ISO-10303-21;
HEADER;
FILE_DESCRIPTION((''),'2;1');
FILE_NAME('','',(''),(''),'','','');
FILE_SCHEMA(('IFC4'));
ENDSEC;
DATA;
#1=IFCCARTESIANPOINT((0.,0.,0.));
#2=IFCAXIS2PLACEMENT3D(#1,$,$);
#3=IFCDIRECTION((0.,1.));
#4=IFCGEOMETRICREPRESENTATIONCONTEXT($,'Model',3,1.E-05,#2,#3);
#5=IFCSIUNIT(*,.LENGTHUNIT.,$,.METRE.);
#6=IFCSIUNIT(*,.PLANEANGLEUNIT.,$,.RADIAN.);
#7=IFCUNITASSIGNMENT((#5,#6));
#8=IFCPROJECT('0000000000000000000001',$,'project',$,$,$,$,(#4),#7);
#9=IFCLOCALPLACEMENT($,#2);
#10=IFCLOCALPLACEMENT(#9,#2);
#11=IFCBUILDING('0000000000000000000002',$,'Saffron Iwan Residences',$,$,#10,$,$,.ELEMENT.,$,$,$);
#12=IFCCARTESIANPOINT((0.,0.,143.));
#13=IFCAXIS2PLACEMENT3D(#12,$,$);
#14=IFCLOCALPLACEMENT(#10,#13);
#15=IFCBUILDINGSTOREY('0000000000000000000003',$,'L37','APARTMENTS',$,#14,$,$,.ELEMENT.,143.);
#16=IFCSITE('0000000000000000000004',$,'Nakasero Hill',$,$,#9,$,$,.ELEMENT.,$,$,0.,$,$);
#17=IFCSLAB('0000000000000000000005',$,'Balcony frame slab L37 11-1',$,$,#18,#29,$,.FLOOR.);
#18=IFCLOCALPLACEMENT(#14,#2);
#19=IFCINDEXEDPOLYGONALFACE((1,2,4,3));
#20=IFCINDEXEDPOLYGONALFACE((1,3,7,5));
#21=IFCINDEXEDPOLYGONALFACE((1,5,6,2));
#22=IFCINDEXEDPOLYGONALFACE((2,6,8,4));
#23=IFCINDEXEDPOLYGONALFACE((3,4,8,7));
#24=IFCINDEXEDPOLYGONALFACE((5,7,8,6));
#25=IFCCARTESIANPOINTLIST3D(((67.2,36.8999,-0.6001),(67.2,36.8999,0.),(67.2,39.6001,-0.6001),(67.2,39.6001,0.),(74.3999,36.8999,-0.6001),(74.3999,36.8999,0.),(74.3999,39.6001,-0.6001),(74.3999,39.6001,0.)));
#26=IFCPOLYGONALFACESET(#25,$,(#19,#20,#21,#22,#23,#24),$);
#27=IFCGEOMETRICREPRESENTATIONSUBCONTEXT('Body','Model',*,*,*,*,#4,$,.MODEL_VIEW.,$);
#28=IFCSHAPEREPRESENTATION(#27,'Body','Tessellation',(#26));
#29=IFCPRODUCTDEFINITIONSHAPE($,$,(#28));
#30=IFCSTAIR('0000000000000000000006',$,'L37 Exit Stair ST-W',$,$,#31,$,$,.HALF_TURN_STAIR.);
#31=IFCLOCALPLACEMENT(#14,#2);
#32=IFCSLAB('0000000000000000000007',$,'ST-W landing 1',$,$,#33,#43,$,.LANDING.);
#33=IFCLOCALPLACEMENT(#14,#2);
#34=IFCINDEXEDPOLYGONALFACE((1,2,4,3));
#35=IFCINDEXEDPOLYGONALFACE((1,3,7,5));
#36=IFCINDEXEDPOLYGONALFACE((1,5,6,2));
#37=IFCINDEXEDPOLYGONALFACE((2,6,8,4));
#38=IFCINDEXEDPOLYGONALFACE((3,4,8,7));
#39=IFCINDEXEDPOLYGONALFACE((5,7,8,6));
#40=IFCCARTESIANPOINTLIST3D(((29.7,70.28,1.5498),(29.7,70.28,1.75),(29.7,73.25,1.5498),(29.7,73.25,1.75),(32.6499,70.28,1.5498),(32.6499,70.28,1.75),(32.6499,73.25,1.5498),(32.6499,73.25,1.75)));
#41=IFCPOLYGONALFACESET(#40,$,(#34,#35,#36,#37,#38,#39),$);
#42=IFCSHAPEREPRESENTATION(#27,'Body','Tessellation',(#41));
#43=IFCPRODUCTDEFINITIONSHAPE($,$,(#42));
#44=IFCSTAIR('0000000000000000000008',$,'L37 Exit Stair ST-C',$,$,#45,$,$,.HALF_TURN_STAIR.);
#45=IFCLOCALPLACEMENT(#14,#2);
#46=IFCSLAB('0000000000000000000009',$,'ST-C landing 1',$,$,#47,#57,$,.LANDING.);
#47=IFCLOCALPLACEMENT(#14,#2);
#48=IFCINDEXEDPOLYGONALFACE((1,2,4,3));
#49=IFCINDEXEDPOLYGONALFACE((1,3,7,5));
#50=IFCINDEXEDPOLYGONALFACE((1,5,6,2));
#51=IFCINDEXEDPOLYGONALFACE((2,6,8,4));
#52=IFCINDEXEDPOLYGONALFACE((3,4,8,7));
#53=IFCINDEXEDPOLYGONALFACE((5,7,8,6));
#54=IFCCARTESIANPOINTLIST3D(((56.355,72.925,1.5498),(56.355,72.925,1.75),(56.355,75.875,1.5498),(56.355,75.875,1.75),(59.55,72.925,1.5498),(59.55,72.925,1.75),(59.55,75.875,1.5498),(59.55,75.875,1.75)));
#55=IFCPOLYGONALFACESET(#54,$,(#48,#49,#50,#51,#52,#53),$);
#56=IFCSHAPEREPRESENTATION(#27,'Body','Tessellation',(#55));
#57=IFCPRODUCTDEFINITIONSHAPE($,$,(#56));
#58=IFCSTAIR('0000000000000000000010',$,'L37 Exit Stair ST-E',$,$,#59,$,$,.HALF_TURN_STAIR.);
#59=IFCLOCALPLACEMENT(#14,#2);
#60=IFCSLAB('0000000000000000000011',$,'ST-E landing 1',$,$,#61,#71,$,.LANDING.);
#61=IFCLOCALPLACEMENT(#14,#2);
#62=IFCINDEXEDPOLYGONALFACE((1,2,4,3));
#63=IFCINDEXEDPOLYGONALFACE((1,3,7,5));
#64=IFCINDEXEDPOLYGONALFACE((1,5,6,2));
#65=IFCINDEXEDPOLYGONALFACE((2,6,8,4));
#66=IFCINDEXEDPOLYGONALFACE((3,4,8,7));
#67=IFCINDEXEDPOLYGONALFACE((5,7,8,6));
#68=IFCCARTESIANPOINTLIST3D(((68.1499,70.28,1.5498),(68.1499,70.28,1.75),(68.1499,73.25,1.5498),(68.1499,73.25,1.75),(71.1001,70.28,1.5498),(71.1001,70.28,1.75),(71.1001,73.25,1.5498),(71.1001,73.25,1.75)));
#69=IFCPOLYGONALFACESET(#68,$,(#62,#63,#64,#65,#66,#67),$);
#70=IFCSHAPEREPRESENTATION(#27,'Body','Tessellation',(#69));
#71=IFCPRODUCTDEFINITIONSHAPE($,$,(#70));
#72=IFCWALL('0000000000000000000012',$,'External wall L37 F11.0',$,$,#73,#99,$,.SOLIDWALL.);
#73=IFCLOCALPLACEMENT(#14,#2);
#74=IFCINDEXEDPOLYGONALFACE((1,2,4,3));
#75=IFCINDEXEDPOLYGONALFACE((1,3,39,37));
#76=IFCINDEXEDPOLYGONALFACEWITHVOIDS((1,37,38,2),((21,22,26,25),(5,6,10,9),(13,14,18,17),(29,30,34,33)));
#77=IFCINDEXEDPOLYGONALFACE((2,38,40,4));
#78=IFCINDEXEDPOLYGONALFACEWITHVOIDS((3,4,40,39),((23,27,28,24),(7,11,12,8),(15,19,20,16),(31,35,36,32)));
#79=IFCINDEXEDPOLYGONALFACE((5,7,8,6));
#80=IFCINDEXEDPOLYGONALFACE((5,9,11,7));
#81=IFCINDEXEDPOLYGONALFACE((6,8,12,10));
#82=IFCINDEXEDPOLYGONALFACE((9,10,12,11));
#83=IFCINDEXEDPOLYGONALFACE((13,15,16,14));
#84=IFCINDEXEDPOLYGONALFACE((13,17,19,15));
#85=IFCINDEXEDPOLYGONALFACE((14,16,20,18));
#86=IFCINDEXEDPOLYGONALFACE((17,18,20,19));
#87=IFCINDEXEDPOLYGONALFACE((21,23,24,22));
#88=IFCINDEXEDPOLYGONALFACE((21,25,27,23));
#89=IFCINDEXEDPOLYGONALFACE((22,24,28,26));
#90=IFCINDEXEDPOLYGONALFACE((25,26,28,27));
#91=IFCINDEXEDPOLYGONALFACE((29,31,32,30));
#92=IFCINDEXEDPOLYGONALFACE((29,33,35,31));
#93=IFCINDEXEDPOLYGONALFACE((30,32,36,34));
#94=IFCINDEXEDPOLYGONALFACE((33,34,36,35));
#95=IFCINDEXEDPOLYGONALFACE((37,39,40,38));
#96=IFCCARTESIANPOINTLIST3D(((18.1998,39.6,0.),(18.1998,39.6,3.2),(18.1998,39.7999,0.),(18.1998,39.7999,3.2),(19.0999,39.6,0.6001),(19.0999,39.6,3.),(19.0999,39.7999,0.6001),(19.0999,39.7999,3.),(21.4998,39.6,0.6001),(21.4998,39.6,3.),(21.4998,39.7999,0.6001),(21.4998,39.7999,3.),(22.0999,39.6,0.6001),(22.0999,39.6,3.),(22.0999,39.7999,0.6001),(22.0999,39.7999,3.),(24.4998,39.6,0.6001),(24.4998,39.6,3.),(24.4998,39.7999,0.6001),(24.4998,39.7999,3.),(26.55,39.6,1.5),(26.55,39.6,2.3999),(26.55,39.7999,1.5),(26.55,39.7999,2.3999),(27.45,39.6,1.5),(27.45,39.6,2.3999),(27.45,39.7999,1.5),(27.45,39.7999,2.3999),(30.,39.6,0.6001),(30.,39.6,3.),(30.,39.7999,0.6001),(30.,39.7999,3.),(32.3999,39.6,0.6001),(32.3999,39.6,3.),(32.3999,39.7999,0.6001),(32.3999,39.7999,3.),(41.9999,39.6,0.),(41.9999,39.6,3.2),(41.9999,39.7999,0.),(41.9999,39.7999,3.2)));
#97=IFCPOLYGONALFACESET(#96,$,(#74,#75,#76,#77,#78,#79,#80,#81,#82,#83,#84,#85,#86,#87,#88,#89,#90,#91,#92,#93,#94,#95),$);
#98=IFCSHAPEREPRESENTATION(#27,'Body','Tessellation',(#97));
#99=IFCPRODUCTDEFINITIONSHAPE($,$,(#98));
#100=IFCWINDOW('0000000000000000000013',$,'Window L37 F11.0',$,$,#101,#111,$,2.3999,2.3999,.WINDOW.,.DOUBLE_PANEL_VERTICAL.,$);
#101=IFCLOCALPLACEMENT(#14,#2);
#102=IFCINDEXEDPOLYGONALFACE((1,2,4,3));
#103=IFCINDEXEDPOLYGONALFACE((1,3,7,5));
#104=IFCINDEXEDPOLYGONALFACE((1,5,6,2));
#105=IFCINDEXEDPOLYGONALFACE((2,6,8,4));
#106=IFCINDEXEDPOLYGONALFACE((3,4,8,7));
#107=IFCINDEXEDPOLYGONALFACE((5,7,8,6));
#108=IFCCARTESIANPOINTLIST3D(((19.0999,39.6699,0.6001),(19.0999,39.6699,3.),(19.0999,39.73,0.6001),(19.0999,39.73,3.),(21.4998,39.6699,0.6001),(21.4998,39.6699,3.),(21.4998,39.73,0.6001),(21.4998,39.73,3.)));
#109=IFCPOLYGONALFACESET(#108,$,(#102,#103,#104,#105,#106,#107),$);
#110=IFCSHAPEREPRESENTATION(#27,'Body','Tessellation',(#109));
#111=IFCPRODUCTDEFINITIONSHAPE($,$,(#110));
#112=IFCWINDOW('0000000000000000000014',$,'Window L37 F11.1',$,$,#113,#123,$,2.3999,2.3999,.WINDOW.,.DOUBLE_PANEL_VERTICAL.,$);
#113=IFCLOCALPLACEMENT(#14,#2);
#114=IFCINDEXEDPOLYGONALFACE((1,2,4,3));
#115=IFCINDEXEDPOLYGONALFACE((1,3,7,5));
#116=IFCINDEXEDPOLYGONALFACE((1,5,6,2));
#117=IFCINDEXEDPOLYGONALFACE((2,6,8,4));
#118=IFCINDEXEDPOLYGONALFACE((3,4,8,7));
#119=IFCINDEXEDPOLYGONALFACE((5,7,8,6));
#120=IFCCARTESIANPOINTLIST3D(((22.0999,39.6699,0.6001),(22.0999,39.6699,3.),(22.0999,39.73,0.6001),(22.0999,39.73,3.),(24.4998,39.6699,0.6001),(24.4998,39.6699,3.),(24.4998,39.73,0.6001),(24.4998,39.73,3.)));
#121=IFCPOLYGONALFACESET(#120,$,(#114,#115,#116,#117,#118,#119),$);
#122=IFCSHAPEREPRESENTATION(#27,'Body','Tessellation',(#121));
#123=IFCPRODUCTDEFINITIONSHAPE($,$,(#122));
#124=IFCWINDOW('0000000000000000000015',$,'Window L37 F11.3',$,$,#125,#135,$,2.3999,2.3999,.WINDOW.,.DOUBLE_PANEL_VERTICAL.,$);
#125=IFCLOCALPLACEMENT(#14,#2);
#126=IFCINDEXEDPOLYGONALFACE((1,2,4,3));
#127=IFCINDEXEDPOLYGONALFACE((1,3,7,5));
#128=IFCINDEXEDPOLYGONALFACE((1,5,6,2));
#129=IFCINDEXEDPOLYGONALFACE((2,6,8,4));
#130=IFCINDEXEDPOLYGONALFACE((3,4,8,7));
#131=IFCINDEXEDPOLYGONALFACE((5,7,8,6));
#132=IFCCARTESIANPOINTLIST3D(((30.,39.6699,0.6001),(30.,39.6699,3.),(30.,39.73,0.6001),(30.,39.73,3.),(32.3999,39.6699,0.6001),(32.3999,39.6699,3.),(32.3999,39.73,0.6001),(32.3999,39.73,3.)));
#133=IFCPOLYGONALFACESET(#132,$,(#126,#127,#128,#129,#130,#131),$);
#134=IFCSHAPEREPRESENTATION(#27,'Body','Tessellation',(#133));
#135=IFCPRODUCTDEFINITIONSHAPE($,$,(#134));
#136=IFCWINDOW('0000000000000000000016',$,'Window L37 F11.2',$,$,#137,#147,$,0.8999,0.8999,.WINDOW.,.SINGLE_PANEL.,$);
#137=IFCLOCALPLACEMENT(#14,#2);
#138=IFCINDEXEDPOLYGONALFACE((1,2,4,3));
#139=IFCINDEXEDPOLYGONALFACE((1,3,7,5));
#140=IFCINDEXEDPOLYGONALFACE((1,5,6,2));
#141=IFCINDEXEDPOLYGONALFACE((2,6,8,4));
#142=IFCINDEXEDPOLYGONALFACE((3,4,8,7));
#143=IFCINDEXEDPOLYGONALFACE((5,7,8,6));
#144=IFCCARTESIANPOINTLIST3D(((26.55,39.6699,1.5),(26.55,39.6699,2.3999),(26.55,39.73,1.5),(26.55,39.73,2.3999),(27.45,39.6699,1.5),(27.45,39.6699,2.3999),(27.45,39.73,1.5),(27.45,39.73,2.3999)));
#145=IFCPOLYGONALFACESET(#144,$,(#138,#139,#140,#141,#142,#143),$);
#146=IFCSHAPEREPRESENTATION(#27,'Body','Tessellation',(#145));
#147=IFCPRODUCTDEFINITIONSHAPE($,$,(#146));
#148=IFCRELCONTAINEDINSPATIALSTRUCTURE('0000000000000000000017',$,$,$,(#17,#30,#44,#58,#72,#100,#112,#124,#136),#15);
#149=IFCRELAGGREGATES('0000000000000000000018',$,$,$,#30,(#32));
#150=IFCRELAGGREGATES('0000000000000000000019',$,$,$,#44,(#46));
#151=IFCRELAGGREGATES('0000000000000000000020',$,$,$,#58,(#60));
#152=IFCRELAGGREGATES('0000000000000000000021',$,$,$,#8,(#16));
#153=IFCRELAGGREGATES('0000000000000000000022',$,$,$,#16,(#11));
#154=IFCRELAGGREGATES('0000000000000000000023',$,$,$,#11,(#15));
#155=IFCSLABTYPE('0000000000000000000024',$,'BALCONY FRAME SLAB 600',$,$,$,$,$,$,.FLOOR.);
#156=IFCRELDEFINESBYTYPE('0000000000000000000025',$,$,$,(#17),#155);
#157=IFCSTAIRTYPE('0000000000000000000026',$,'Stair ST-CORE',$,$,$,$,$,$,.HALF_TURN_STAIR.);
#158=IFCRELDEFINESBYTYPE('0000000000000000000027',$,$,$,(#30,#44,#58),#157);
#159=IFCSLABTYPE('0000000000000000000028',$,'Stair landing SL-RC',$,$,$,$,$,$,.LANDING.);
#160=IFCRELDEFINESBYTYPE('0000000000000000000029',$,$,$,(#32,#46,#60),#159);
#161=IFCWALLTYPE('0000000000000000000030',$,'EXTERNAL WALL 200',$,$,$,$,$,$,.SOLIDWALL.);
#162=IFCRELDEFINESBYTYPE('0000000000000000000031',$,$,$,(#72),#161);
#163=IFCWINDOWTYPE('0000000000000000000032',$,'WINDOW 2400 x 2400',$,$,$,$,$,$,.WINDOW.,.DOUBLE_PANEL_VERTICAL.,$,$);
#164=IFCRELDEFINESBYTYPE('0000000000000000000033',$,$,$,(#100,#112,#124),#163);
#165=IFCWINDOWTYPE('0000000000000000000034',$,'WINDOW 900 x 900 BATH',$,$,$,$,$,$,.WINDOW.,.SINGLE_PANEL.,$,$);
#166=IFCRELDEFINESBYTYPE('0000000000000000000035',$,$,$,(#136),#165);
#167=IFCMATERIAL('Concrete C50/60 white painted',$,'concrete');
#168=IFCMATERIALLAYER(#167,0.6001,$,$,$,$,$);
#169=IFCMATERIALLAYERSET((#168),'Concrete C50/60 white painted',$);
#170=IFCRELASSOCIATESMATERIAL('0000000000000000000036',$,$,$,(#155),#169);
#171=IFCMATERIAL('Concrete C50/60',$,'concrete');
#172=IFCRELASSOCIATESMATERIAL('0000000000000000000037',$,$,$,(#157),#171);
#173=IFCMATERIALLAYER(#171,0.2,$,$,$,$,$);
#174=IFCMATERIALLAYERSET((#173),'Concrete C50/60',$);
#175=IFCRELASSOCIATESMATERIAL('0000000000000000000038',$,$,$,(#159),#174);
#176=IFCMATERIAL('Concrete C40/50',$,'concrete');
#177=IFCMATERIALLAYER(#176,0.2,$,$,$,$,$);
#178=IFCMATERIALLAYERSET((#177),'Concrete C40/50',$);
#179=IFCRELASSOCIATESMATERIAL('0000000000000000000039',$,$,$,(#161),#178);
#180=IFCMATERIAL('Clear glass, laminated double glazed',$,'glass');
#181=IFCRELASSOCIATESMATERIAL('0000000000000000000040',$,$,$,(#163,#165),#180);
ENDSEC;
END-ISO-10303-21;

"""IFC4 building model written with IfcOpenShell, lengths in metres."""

from ifc_helpers import new_model, si_unit, direction, frame, frame_2d, origin, place, context, subcontext, project, spatial, polyline, rectangle, outline, extrude, material, layer, layer_set, type_object, element, fill, aggregate, save


model = new_model("IFC4")

# Units and contexts
model_context = context("Model", 3, precision=1e-05, world=origin(), true_north=direction((0.0, 1.0)))
body_context = subcontext(model_context, "Body", "Model", "MODEL_VIEW")
ifc_project = project(units=[si_unit("LENGTHUNIT", "METRE"), si_unit("PLANEANGLEUNIT", "RADIAN")], contexts=[model_context])

# Site, building, storey
site_placement = place(None, origin())
site = spatial("IfcSite", under=ifc_project, at=site_placement, Name="Nakasero Hill", CompositionType="ELEMENT", RefElevation=0.0)
building_placement = place(site_placement, origin())
building = spatial("IfcBuilding", under=site, at=building_placement, Name="Saffron Iwan Residences", CompositionType="ELEMENT")
storey_placement = place(building_placement, frame((0.0, 0.0, 143.0)))
storey = spatial("IfcBuildingStorey", under=building, at=storey_placement, Name="L37", Description="APARTMENTS", CompositionType="ELEMENT", Elevation=143.0)

# Slab
ifc_material_1 = material(Name="Concrete C50/60 white painted", Category="concrete")
ifc_layer_1 = layer(ifc_material_1, 0.6001)
ifc_layer_set_1 = layer_set([ifc_layer_1], Name="Concrete C50/60 white painted")
slab_type_1 = type_object("IfcSlabType", Name="BALCONY FRAME SLAB 600", PredefinedType="FLOOR", material=ifc_layer_set_1)
slab_1_placement = place(storey_placement, frame((0.0, 0.0, -0.6001)))
element("IfcSlab", 1, at=slab_1_placement, inside=storey, type_object=slab_type_1, Name="Balcony frame slab L37 11-1", PredefinedType="FLOOR", context=body_context, shape_type="SweptSolid", body=[
    extrude(outline(polyline([(67.2, 36.8999), (74.3999, 36.8999), (74.3999, 39.6001), (67.2, 39.6001), (67.2, 36.8999)])), origin(), (0.0, 0.0, 1.0), 0.6001),
])

# Stairs, slabs
ifc_material_2 = material(Name="Concrete C50/60", Category="concrete")
stair_type = type_object("IfcStairType", Name="Stair ST-CORE", PredefinedType="HALF_TURN_STAIR", material=ifc_material_2)
stair_1_placement = place(storey_placement, origin())
stair_1 = element("IfcStair", 2, at=stair_1_placement, inside=storey, type_object=stair_type, Name="L37 Exit Stair ST-W", PredefinedType="HALF_TURN_STAIR")
ifc_layer_2 = layer(ifc_material_2, 0.2)
ifc_layer_set_2 = layer_set([ifc_layer_2], Name="Concrete C50/60")
slab_type_2 = type_object("IfcSlabType", Name="Stair landing SL-RC", PredefinedType="LANDING", material=ifc_layer_set_2)
slab_2_placement = place(storey_placement, frame((0.0, 0.0, 1.5498)))
slab_2 = element("IfcSlab", 3, at=slab_2_placement, type_object=slab_type_2, Name="ST-W landing 1", PredefinedType="LANDING", context=body_context, shape_type="SweptSolid", body=[
    extrude(outline(polyline([(32.6499, 70.28), (32.6499, 73.25), (29.7, 73.25), (29.7, 70.28), (32.6499, 70.28)])), origin(), (0.0, 0.0, 1.0), 0.2002),
])
aggregate(stair_1, [slab_2])
stair_2_placement = place(storey_placement, origin())
stair_2 = element("IfcStair", 4, at=stair_2_placement, inside=storey, type_object=stair_type, Name="L37 Exit Stair ST-C", PredefinedType="HALF_TURN_STAIR")
slab_3_placement = place(storey_placement, frame((0.0, 0.0, 1.5498)))
slab_3 = element("IfcSlab", 5, at=slab_3_placement, type_object=slab_type_2, Name="ST-C landing 1", PredefinedType="LANDING", context=body_context, shape_type="SweptSolid", body=[
    extrude(outline(polyline([(56.355, 72.925), (59.55, 72.925), (59.55, 75.875), (56.355, 75.875), (56.355, 72.925)])), origin(), (0.0, 0.0, 1.0), 0.2002),
])
aggregate(stair_2, [slab_3])
stair_3_placement = place(storey_placement, origin())
stair_3 = element("IfcStair", 6, at=stair_3_placement, inside=storey, type_object=stair_type, Name="L37 Exit Stair ST-E", PredefinedType="HALF_TURN_STAIR")
slab_4_placement = place(storey_placement, frame((0.0, 0.0, 1.5498)))
slab_4 = element("IfcSlab", 7, at=slab_4_placement, type_object=slab_type_2, Name="ST-E landing 1", PredefinedType="LANDING", context=body_context, shape_type="SweptSolid", body=[
    extrude(outline(polyline([(71.1001, 70.28), (71.1001, 73.25), (68.1499, 73.25), (68.1499, 70.28), (71.1001, 70.28)])), origin(), (0.0, 0.0, 1.0), 0.2002),
])
aggregate(stair_3, [slab_4])

# Wall, openings, windows
ifc_material_3 = material(Name="Concrete C40/50", Category="concrete")
ifc_layer_3 = layer(ifc_material_3, 0.2)
ifc_layer_set_3 = layer_set([ifc_layer_3], Name="Concrete C40/50")
wall_type_1 = type_object("IfcWallType", Name="EXTERNAL WALL 200", PredefinedType="SOLIDWALL", material=ifc_layer_set_3)
wall_1_placement = place(storey_placement, frame((18.2, 39.7, 0.0), z_axis=(0.0, 0.0, 1.0), x_axis=(1.0, 0.0, 0.0)))
wall_1 = element("IfcWall", 8, at=wall_1_placement, inside=storey, type_object=wall_type_1, Name="External wall L37 F11.0", PredefinedType="SOLIDWALL", context=body_context, shape_type="SweptSolid", body=[
    extrude(rectangle(XDim=23.8, YDim=0.2, at=frame_2d((11.8999, 0.0))), origin(), (0.0, 0.0, 1.0), 3.2),
])
opening_1_placement = place(wall_1_placement, frame((0.8999, 0.0, 0.6001)))
opening_1 = element("IfcOpeningElement", 9, at=opening_1_placement, cuts=wall_1, PredefinedType="OPENING", context=body_context, shape_type="SweptSolid", body=[
    extrude(rectangle(XDim=2.3999, YDim=2.3999, at=frame_2d((1.2, 1.2))), frame((0.0, 0.1099, 0.0), z_axis=(0.0, -1.0, 0.0), x_axis=(1.0, 0.0, 0.0)), (0.0, 0.0, 1.0), 0.22),
])
opening_2_placement = place(wall_1_placement, frame((3.8999, 0.0, 0.6001)))
opening_2 = element("IfcOpeningElement", 10, at=opening_2_placement, cuts=wall_1, PredefinedType="OPENING", context=body_context, shape_type="SweptSolid", body=[
    extrude(rectangle(XDim=2.3999, YDim=2.3999, at=frame_2d((1.2, 1.2))), frame((0.0, 0.1099, 0.0), z_axis=(0.0, -1.0, 0.0), x_axis=(1.0, 0.0, 0.0)), (0.0, 0.0, 1.0), 0.22),
])
opening_3_placement = place(wall_1_placement, frame((8.3501, 0.0, 1.5)))
opening_3 = element("IfcOpeningElement", 11, at=opening_3_placement, cuts=wall_1, PredefinedType="OPENING", context=body_context, shape_type="SweptSolid", body=[
    extrude(rectangle(XDim=0.8999, YDim=0.8999, at=frame_2d((0.45, 0.45))), frame((0.0, 0.1099, 0.0), z_axis=(0.0, -1.0, 0.0), x_axis=(1.0, 0.0, 0.0)), (0.0, 0.0, 1.0), 0.22),
])
opening_4_placement = place(wall_1_placement, frame((11.8, 0.0, 0.6001)))
opening_4 = element("IfcOpeningElement", 12, at=opening_4_placement, cuts=wall_1, PredefinedType="OPENING", context=body_context, shape_type="SweptSolid", body=[
    extrude(rectangle(XDim=2.3999, YDim=2.3999, at=frame_2d((1.2, 1.2))), frame((0.0, 0.1099, 0.0), z_axis=(0.0, -1.0, 0.0), x_axis=(1.0, 0.0, 0.0)), (0.0, 0.0, 1.0), 0.22),
])
ifc_material_4 = material(Name="Clear glass, laminated double glazed", Category="glass")
window_type_1 = type_object("IfcWindowType", Name="WINDOW 2400 x 2400", PartitioningType="DOUBLE_PANEL_VERTICAL", PredefinedType="WINDOW", material=ifc_material_4)
window_1_placement = place(opening_1_placement, origin())
window_1 = element("IfcWindow", 13, at=window_1_placement, inside=storey, type_object=window_type_1, Name="Window L37 F11.0", OverallHeight=2.3999, OverallWidth=2.3999, PartitioningType="DOUBLE_PANEL_VERTICAL", PredefinedType="WINDOW", context=body_context, shape_type="SweptSolid", body=[
    extrude(rectangle(XDim=2.3999, YDim=2.3999, at=frame_2d((1.2, 1.2))), frame((0.0, 0.03, 0.0), z_axis=(0.0, -1.0, 0.0), x_axis=(1.0, 0.0, 0.0)), (0.0, 0.0, 1.0), 0.0601),
])
fill(opening_1, window_1)
window_2_placement = place(opening_2_placement, origin())
window_2 = element("IfcWindow", 14, at=window_2_placement, inside=storey, type_object=window_type_1, Name="Window L37 F11.1", OverallHeight=2.3999, OverallWidth=2.3999, PartitioningType="DOUBLE_PANEL_VERTICAL", PredefinedType="WINDOW", context=body_context, shape_type="SweptSolid", body=[
    extrude(rectangle(XDim=2.3999, YDim=2.3999, at=frame_2d((1.2, 1.2))), frame((0.0, 0.03, 0.0), z_axis=(0.0, -1.0, 0.0), x_axis=(1.0, 0.0, 0.0)), (0.0, 0.0, 1.0), 0.0601),
])
fill(opening_2, window_2)
window_3_placement = place(opening_4_placement, origin())
window_3 = element("IfcWindow", 15, at=window_3_placement, inside=storey, type_object=window_type_1, Name="Window L37 F11.3", OverallHeight=2.3999, OverallWidth=2.3999, PartitioningType="DOUBLE_PANEL_VERTICAL", PredefinedType="WINDOW", context=body_context, shape_type="SweptSolid", body=[
    extrude(rectangle(XDim=2.3999, YDim=2.3999, at=frame_2d((1.2, 1.2))), frame((0.0, 0.03, 0.0), z_axis=(0.0, -1.0, 0.0), x_axis=(1.0, 0.0, 0.0)), (0.0, 0.0, 1.0), 0.0601),
])
fill(opening_4, window_3)
window_type_2 = type_object("IfcWindowType", Name="WINDOW 900 x 900 BATH", PartitioningType="SINGLE_PANEL", PredefinedType="WINDOW", material=ifc_material_4)
window_4_placement = place(opening_3_placement, origin())
window_4 = element("IfcWindow", 16, at=window_4_placement, inside=storey, type_object=window_type_2, Name="Window L37 F11.2", OverallHeight=0.8999, OverallWidth=0.8999, PartitioningType="SINGLE_PANEL", PredefinedType="WINDOW", context=body_context, shape_type="SweptSolid", body=[
    extrude(rectangle(XDim=0.8999, YDim=0.8999, at=frame_2d((0.45, 0.45))), frame((0.0, 0.03, 0.0), z_axis=(0.0, -1.0, 0.0), x_axis=(1.0, 0.0, 0.0)), (0.0, 0.0, 1.0), 0.0601),
])
fill(opening_3, window_4)

save(model, "model.ifc")
